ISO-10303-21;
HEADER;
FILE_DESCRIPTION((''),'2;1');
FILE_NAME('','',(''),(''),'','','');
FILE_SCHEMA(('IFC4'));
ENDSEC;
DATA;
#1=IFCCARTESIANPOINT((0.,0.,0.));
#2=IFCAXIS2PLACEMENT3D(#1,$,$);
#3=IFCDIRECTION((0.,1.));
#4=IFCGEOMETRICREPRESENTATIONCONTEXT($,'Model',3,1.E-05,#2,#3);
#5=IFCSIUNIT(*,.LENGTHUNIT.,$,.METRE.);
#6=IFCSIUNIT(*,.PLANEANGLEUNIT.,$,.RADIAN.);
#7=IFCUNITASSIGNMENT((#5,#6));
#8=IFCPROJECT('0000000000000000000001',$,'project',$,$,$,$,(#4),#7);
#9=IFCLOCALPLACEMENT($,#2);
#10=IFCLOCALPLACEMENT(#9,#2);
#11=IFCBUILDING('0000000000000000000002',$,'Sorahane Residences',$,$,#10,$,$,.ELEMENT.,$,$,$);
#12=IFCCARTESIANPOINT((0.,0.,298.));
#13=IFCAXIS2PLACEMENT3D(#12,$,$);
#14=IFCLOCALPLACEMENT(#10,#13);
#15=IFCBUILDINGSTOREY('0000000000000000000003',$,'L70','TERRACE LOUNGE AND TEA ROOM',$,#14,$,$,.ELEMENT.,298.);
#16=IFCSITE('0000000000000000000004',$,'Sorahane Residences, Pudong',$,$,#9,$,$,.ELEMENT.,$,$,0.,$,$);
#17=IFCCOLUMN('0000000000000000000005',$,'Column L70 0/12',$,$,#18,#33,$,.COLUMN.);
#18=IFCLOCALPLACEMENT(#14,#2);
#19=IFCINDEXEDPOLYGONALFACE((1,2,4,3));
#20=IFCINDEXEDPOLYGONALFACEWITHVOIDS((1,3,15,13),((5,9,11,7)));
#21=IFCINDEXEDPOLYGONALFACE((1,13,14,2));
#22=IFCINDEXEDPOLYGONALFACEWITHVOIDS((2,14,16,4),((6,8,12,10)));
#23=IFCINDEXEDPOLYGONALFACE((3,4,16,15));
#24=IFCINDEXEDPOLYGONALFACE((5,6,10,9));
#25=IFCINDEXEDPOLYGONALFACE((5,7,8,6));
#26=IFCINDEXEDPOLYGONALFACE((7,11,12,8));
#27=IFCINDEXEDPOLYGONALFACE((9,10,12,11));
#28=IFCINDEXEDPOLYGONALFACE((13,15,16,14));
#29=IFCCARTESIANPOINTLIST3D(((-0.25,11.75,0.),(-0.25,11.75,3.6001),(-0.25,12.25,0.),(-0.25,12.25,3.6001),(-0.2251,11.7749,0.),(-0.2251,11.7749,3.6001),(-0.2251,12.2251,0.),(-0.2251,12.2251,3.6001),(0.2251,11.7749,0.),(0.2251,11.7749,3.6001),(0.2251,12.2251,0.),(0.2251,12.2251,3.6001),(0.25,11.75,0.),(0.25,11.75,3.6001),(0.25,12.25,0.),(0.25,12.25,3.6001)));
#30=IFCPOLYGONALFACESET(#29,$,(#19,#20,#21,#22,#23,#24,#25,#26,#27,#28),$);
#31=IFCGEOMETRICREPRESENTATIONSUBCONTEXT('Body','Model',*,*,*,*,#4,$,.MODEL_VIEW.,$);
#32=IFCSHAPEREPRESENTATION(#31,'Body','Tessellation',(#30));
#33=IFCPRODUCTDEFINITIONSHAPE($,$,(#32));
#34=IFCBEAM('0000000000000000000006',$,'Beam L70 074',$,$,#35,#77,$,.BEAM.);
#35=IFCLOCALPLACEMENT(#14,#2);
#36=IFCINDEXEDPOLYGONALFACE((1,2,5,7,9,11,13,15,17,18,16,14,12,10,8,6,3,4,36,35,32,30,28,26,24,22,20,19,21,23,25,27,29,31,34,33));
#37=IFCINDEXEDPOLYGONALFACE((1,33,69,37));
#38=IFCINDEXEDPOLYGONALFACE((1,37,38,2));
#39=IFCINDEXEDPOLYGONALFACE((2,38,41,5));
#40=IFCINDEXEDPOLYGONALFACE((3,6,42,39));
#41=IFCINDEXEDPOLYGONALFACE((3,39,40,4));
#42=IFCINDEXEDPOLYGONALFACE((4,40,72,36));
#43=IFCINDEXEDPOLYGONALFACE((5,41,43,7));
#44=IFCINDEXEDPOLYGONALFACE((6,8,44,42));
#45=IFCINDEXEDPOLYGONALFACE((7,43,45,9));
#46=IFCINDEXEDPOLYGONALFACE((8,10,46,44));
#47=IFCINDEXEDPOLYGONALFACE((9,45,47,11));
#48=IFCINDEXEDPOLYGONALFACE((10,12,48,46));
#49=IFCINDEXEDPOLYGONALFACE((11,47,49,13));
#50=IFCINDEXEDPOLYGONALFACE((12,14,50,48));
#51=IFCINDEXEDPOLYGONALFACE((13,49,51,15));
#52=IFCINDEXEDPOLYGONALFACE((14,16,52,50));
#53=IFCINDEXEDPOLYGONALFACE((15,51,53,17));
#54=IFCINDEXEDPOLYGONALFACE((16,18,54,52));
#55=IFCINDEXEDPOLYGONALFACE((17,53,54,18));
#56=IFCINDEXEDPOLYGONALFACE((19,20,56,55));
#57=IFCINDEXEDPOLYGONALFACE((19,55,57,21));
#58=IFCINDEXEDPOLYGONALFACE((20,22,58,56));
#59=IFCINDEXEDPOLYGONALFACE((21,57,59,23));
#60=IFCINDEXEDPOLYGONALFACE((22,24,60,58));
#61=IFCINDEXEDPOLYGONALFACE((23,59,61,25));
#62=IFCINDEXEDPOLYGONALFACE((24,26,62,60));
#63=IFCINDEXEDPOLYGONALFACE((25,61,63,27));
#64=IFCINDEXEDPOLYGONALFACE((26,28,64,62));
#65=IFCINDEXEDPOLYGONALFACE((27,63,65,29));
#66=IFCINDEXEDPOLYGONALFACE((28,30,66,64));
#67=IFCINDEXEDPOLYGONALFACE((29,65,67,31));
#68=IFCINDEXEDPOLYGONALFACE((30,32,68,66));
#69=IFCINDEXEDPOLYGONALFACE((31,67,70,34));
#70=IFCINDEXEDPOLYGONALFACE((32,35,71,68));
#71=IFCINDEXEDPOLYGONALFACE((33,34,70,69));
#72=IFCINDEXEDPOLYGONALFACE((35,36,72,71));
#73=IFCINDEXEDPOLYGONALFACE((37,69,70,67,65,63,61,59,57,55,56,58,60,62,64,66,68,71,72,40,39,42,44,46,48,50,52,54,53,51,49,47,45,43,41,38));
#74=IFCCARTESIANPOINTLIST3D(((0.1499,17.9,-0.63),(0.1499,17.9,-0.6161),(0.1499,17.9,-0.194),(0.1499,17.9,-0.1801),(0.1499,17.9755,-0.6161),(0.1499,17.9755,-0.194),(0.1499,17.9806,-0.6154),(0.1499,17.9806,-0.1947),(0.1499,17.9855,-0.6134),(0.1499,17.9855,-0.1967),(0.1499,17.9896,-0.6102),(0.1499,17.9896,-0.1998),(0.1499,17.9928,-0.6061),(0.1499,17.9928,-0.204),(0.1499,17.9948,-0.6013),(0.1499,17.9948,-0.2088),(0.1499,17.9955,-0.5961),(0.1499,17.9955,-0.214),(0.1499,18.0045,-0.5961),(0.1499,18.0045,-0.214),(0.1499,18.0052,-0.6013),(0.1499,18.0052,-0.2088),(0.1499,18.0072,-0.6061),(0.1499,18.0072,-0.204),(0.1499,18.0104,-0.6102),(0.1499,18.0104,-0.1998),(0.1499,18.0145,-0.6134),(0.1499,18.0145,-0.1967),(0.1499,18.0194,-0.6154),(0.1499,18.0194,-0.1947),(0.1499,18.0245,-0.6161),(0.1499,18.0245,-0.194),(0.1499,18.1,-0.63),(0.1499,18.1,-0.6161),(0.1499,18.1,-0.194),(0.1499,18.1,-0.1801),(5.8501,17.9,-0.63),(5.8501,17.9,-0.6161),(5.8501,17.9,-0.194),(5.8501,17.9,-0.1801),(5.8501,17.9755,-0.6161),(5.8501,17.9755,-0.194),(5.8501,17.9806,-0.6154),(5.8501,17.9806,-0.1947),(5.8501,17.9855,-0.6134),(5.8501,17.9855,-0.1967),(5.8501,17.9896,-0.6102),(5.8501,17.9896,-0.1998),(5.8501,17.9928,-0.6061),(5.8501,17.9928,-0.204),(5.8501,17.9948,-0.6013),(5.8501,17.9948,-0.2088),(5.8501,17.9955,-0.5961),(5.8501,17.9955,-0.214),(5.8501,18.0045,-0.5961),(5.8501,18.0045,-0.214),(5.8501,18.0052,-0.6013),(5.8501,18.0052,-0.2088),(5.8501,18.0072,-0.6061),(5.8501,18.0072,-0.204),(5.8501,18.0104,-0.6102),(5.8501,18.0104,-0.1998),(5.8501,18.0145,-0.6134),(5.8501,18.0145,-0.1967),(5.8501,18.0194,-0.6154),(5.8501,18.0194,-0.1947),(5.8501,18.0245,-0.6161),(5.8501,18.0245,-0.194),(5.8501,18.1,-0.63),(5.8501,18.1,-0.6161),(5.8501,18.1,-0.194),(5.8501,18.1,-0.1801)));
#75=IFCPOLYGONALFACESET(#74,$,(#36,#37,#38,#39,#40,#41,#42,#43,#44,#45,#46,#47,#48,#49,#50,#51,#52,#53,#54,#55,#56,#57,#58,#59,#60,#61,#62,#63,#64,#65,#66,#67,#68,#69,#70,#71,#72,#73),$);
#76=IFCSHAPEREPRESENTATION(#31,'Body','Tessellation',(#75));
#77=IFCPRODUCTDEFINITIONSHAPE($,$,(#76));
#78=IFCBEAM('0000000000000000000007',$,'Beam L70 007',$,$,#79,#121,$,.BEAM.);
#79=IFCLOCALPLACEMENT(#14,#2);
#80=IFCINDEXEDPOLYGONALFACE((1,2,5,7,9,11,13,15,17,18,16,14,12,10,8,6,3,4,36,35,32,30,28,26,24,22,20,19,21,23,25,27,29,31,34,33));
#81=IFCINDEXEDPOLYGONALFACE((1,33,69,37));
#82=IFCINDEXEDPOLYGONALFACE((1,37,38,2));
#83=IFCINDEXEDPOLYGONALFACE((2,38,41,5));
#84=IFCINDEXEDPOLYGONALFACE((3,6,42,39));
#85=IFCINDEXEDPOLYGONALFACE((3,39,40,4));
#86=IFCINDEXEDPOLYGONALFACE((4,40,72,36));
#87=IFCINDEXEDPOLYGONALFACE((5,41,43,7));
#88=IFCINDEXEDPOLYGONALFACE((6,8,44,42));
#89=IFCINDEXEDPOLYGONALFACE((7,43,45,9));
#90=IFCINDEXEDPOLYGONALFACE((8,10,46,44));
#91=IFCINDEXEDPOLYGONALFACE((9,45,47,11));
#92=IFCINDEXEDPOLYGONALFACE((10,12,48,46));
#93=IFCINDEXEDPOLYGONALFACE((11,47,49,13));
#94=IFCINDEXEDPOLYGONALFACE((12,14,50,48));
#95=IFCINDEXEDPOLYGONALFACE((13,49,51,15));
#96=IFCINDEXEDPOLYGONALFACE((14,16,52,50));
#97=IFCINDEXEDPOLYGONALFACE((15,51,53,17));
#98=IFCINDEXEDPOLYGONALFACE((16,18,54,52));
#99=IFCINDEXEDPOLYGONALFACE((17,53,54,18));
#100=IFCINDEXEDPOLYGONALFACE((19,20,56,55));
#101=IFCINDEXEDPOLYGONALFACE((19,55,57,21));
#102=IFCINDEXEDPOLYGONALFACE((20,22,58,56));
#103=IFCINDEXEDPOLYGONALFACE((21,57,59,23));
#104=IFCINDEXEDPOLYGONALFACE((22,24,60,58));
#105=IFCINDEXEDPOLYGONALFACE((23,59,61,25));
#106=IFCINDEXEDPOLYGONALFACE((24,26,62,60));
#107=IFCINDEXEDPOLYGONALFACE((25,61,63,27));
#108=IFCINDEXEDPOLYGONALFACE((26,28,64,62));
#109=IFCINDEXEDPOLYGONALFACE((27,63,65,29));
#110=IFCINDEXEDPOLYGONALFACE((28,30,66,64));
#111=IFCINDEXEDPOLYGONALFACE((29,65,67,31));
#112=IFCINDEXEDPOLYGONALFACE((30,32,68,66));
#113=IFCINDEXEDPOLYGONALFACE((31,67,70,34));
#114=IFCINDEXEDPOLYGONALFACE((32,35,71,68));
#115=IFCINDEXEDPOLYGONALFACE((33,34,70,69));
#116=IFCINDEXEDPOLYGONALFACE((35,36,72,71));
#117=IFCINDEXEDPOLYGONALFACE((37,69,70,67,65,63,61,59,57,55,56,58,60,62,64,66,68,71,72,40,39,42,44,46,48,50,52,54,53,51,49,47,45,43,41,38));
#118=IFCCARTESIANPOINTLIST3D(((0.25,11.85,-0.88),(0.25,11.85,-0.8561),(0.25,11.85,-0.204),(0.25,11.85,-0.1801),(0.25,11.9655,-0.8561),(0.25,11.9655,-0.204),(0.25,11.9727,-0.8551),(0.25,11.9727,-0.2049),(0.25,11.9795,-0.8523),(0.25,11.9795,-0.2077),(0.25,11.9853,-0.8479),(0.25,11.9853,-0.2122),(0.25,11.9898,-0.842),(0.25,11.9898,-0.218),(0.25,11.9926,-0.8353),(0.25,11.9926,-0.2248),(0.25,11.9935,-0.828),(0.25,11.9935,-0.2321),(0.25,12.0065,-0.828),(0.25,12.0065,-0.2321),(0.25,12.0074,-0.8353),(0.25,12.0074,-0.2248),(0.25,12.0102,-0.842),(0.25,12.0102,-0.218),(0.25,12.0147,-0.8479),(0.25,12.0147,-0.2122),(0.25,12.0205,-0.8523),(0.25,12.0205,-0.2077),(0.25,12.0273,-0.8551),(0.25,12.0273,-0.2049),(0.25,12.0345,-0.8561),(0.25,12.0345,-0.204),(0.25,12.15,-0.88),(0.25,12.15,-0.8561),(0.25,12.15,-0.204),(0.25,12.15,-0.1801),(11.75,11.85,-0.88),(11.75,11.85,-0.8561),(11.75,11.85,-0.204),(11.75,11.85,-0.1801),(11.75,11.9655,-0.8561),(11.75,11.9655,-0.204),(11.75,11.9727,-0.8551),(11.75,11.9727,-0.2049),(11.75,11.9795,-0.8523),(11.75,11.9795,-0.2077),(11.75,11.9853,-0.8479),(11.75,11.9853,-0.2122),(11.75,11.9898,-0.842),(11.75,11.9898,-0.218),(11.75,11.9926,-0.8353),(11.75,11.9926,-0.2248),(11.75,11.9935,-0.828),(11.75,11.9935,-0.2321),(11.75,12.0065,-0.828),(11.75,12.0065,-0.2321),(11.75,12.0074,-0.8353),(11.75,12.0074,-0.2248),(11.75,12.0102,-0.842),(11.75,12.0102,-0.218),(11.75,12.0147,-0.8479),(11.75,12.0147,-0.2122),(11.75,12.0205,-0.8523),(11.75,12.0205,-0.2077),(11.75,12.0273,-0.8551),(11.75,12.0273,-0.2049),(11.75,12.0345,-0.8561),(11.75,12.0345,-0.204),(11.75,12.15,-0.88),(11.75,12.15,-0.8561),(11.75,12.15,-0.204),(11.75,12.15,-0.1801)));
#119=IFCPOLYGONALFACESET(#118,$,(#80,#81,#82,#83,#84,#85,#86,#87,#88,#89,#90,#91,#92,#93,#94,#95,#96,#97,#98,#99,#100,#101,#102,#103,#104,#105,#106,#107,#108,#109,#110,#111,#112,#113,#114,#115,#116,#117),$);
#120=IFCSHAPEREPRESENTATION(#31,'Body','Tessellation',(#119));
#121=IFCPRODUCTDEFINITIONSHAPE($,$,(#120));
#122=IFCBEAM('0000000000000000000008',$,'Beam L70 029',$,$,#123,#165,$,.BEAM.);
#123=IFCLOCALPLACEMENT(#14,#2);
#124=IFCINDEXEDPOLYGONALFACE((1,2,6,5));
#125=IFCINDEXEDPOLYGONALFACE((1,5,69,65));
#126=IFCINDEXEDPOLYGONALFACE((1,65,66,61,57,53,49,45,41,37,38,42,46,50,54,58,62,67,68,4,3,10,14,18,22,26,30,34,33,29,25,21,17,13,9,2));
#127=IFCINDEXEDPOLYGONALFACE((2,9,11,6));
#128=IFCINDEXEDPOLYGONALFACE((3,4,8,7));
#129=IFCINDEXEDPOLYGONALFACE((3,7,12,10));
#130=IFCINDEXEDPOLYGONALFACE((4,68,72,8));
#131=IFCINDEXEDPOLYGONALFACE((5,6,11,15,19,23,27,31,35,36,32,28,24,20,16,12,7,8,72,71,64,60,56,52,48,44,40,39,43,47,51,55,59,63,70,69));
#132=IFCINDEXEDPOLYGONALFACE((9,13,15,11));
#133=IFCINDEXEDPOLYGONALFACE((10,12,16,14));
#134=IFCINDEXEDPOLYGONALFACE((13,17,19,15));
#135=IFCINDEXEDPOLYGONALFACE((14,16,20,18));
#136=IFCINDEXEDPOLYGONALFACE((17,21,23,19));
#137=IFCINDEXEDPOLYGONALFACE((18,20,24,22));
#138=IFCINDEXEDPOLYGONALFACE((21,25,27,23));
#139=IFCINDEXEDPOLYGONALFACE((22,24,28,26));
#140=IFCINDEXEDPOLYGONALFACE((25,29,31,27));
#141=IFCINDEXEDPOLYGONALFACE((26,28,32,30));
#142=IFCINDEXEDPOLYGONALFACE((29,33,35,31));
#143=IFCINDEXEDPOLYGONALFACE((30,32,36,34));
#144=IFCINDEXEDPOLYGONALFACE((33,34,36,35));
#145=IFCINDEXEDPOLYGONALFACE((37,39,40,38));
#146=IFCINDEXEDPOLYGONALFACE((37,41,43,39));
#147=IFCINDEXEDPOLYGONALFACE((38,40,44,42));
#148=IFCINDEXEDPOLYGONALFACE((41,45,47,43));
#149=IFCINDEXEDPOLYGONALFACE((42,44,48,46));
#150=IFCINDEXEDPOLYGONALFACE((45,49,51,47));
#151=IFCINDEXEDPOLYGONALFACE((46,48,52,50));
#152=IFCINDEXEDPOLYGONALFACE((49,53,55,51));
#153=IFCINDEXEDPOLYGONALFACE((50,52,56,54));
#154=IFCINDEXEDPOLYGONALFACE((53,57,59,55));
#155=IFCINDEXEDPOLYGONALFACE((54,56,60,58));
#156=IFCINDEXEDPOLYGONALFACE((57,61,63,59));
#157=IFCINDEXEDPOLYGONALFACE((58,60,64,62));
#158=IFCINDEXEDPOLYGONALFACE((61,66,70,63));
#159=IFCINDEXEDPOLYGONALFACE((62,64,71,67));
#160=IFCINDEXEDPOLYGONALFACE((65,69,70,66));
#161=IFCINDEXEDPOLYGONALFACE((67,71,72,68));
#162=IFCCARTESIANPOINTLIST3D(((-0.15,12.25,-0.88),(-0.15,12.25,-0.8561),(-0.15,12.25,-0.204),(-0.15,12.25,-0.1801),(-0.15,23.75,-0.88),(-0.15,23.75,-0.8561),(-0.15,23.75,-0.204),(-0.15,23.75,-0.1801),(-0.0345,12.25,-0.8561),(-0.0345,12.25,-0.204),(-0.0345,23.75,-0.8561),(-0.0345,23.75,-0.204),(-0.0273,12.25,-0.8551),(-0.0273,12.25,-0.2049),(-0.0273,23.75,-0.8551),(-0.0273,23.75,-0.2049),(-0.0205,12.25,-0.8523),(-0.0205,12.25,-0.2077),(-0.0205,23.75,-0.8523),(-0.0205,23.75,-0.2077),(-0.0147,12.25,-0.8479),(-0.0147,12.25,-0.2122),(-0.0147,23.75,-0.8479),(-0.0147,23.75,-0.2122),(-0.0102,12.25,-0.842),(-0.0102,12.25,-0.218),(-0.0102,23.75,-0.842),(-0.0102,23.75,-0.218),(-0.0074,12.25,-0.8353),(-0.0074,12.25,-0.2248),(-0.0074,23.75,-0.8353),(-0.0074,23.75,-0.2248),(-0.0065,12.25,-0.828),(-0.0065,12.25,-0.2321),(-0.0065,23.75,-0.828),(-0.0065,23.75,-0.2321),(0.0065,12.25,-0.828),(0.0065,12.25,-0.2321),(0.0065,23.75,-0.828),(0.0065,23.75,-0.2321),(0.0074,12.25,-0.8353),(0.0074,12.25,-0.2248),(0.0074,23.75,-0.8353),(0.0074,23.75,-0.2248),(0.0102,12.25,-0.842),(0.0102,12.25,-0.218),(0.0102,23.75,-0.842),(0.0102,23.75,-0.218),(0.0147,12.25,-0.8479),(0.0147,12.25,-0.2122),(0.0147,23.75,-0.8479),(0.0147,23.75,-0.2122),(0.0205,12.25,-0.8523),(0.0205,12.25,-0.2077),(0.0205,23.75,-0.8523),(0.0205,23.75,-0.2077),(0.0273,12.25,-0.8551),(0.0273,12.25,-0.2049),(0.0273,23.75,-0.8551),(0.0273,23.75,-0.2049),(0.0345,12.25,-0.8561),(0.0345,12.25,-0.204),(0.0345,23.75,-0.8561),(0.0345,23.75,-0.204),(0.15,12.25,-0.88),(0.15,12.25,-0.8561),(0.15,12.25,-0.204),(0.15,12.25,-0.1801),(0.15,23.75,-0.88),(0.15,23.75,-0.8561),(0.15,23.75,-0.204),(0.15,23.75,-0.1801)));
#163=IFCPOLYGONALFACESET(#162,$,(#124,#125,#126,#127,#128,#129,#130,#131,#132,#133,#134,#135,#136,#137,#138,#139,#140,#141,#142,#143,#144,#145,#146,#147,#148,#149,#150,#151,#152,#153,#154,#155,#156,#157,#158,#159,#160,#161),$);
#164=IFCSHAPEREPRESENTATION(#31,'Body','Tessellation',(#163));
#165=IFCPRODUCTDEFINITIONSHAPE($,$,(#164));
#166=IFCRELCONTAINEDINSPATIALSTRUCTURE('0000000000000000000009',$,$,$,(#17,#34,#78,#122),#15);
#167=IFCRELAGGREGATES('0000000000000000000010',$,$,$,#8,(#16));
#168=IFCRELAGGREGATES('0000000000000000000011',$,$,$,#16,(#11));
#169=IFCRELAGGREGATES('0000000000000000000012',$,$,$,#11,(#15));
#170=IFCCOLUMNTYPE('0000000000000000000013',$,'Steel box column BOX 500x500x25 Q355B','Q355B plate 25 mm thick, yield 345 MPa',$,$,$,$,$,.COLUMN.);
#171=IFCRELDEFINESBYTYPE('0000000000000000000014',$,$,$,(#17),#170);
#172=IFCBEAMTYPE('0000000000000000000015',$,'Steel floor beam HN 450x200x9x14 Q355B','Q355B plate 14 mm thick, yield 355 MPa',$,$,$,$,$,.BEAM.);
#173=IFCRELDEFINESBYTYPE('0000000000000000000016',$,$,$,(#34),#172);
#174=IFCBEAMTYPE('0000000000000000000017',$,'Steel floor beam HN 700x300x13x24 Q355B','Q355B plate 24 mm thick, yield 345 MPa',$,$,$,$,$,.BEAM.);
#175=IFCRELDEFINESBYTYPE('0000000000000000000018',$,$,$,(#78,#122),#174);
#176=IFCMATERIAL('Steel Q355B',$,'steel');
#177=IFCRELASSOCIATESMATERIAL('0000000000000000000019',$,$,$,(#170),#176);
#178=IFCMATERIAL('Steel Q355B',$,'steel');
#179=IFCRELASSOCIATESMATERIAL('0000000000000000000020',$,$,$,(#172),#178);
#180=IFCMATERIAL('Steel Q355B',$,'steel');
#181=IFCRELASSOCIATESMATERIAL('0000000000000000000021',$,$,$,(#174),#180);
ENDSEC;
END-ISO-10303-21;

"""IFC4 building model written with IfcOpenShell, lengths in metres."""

from ifc_helpers import new_model, si_unit, direction, frame, origin, origin_2d, place, context, subcontext, project, spatial, hollow_rectangle, i_section, extrude, material, material_profile, profile_set, type_object, element, save


model = new_model("IFC4")

# Units and contexts
model_context = context("Model", 3, precision=1e-05, world=origin(), true_north=direction((0.0, 1.0)))
body_context = subcontext(model_context, "Body", "Model", "MODEL_VIEW")
ifc_project = project(units=[si_unit("LENGTHUNIT", "METRE"), si_unit("PLANEANGLEUNIT", "RADIAN")], contexts=[model_context])

# Site, building, storey
site_placement = place(None, origin())
site = spatial("IfcSite", under=ifc_project, at=site_placement, Name="Sorahane Residences, Pudong", CompositionType="ELEMENT", RefElevation=0.0)
building_placement = place(site_placement, origin())
building = spatial("IfcBuilding", under=site, at=building_placement, Name="Sorahane Residences", CompositionType="ELEMENT")
storey_placement = place(building_placement, frame((0.0, 0.0, 298.0)))
storey = spatial("IfcBuildingStorey", under=building, at=storey_placement, Name="L70", Description="TERRACE LOUNGE AND TEA ROOM", CompositionType="ELEMENT", Elevation=298.0)

# Column
ifc_material_1 = material(Name="Steel Q355B", Category="steel")
ifc_material_profile_1 = material_profile(ifc_material_1, hollow_rectangle(XDim=0.5, YDim=0.5, WallThickness=0.0249, at=origin_2d()), Name="BOX 500x500x25")
ifc_profile_set_1 = profile_set([ifc_material_profile_1], Name="Steel Q355B")
column_type = type_object("IfcColumnType", Name="Steel box column BOX 500x500x25 Q355B", Description="Q355B plate 25 mm thick, yield 345 MPa", PredefinedType="COLUMN", material=ifc_profile_set_1)
column_placement = place(storey_placement, frame((0.0, 12.0, 0.0), z_axis=(0.0, 0.0, 1.0), x_axis=(1.0, 0.0, 0.0)))
element("IfcColumn", 1, at=column_placement, inside=storey, type_object=column_type, Name="Column L70 0/12", PredefinedType="COLUMN", context=body_context, shape_type="SweptSolid", body=[
    extrude(hollow_rectangle(XDim=0.5, YDim=0.5, WallThickness=0.0249, at=origin_2d()), origin(), (0.0, 0.0, 1.0), 3.6001),
])

# Beams
ifc_material_2 = material(Name="Steel Q355B", Category="steel")
ifc_material_profile_2 = material_profile(ifc_material_2, i_section(OverallWidth=0.2, OverallDepth=0.45, WebThickness=0.009, FlangeThickness=0.0139, FilletRadius=0.02, at=origin_2d()), Name="HN 450x200x9x14")
ifc_profile_set_2 = profile_set([ifc_material_profile_2], Name="Steel Q355B")
beam_type_1 = type_object("IfcBeamType", Name="Steel floor beam HN 450x200x9x14 Q355B", Description="Q355B plate 14 mm thick, yield 355 MPa", PredefinedType="BEAM", material=ifc_profile_set_2)
beam_1_placement = place(storey_placement, frame((0.1499, 18.0, -0.405), z_axis=(1.0, 0.0, 0.0), x_axis=(0.0, 1.0, 0.0)))
element("IfcBeam", 2, at=beam_1_placement, inside=storey, type_object=beam_type_1, Name="Beam L70 074", PredefinedType="BEAM", context=body_context, shape_type="SweptSolid", body=[
    extrude(i_section(OverallWidth=0.2, OverallDepth=0.45, WebThickness=0.009, FlangeThickness=0.0139, FilletRadius=0.02, at=origin_2d()), origin(), (0.0, 0.0, 1.0), 5.7002),
])
ifc_material_3 = material(Name="Steel Q355B", Category="steel")
ifc_material_profile_3 = material_profile(ifc_material_3, i_section(OverallWidth=0.3, OverallDepth=0.7, WebThickness=0.0129, FlangeThickness=0.0239, FilletRadius=0.0281, at=origin_2d()), Name="HN 700x300x13x24")
ifc_profile_set_3 = profile_set([ifc_material_profile_3], Name="Steel Q355B")
beam_type_2 = type_object("IfcBeamType", Name="Steel floor beam HN 700x300x13x24 Q355B", Description="Q355B plate 24 mm thick, yield 345 MPa", PredefinedType="BEAM", material=ifc_profile_set_3)
for number, where, z_axis, x_axis, name in (
    (3, (0.25, 12.0, -0.53), (1.0, 0.0, 0.0), (0.0, 1.0, 0.0), "Beam L70 007"),
    (4, (0.0, 12.25, -0.53), (0.0, 1.0, 0.0), (-1.0, 0.0, 0.0), "Beam L70 029"),
):
    element("IfcBeam", number, at=place(storey_placement, frame(where, z_axis=z_axis, x_axis=x_axis)), inside=storey, type_object=beam_type_2, Name=name, PredefinedType="BEAM", context=body_context, shape_type="SweptSolid", body=[
        extrude(i_section(OverallWidth=0.3, OverallDepth=0.7, WebThickness=0.0129, FlangeThickness=0.0239, FilletRadius=0.0281, at=origin_2d()), origin(), (0.0, 0.0, 1.0), 11.5),
    ])

save(model, "model.ifc")
